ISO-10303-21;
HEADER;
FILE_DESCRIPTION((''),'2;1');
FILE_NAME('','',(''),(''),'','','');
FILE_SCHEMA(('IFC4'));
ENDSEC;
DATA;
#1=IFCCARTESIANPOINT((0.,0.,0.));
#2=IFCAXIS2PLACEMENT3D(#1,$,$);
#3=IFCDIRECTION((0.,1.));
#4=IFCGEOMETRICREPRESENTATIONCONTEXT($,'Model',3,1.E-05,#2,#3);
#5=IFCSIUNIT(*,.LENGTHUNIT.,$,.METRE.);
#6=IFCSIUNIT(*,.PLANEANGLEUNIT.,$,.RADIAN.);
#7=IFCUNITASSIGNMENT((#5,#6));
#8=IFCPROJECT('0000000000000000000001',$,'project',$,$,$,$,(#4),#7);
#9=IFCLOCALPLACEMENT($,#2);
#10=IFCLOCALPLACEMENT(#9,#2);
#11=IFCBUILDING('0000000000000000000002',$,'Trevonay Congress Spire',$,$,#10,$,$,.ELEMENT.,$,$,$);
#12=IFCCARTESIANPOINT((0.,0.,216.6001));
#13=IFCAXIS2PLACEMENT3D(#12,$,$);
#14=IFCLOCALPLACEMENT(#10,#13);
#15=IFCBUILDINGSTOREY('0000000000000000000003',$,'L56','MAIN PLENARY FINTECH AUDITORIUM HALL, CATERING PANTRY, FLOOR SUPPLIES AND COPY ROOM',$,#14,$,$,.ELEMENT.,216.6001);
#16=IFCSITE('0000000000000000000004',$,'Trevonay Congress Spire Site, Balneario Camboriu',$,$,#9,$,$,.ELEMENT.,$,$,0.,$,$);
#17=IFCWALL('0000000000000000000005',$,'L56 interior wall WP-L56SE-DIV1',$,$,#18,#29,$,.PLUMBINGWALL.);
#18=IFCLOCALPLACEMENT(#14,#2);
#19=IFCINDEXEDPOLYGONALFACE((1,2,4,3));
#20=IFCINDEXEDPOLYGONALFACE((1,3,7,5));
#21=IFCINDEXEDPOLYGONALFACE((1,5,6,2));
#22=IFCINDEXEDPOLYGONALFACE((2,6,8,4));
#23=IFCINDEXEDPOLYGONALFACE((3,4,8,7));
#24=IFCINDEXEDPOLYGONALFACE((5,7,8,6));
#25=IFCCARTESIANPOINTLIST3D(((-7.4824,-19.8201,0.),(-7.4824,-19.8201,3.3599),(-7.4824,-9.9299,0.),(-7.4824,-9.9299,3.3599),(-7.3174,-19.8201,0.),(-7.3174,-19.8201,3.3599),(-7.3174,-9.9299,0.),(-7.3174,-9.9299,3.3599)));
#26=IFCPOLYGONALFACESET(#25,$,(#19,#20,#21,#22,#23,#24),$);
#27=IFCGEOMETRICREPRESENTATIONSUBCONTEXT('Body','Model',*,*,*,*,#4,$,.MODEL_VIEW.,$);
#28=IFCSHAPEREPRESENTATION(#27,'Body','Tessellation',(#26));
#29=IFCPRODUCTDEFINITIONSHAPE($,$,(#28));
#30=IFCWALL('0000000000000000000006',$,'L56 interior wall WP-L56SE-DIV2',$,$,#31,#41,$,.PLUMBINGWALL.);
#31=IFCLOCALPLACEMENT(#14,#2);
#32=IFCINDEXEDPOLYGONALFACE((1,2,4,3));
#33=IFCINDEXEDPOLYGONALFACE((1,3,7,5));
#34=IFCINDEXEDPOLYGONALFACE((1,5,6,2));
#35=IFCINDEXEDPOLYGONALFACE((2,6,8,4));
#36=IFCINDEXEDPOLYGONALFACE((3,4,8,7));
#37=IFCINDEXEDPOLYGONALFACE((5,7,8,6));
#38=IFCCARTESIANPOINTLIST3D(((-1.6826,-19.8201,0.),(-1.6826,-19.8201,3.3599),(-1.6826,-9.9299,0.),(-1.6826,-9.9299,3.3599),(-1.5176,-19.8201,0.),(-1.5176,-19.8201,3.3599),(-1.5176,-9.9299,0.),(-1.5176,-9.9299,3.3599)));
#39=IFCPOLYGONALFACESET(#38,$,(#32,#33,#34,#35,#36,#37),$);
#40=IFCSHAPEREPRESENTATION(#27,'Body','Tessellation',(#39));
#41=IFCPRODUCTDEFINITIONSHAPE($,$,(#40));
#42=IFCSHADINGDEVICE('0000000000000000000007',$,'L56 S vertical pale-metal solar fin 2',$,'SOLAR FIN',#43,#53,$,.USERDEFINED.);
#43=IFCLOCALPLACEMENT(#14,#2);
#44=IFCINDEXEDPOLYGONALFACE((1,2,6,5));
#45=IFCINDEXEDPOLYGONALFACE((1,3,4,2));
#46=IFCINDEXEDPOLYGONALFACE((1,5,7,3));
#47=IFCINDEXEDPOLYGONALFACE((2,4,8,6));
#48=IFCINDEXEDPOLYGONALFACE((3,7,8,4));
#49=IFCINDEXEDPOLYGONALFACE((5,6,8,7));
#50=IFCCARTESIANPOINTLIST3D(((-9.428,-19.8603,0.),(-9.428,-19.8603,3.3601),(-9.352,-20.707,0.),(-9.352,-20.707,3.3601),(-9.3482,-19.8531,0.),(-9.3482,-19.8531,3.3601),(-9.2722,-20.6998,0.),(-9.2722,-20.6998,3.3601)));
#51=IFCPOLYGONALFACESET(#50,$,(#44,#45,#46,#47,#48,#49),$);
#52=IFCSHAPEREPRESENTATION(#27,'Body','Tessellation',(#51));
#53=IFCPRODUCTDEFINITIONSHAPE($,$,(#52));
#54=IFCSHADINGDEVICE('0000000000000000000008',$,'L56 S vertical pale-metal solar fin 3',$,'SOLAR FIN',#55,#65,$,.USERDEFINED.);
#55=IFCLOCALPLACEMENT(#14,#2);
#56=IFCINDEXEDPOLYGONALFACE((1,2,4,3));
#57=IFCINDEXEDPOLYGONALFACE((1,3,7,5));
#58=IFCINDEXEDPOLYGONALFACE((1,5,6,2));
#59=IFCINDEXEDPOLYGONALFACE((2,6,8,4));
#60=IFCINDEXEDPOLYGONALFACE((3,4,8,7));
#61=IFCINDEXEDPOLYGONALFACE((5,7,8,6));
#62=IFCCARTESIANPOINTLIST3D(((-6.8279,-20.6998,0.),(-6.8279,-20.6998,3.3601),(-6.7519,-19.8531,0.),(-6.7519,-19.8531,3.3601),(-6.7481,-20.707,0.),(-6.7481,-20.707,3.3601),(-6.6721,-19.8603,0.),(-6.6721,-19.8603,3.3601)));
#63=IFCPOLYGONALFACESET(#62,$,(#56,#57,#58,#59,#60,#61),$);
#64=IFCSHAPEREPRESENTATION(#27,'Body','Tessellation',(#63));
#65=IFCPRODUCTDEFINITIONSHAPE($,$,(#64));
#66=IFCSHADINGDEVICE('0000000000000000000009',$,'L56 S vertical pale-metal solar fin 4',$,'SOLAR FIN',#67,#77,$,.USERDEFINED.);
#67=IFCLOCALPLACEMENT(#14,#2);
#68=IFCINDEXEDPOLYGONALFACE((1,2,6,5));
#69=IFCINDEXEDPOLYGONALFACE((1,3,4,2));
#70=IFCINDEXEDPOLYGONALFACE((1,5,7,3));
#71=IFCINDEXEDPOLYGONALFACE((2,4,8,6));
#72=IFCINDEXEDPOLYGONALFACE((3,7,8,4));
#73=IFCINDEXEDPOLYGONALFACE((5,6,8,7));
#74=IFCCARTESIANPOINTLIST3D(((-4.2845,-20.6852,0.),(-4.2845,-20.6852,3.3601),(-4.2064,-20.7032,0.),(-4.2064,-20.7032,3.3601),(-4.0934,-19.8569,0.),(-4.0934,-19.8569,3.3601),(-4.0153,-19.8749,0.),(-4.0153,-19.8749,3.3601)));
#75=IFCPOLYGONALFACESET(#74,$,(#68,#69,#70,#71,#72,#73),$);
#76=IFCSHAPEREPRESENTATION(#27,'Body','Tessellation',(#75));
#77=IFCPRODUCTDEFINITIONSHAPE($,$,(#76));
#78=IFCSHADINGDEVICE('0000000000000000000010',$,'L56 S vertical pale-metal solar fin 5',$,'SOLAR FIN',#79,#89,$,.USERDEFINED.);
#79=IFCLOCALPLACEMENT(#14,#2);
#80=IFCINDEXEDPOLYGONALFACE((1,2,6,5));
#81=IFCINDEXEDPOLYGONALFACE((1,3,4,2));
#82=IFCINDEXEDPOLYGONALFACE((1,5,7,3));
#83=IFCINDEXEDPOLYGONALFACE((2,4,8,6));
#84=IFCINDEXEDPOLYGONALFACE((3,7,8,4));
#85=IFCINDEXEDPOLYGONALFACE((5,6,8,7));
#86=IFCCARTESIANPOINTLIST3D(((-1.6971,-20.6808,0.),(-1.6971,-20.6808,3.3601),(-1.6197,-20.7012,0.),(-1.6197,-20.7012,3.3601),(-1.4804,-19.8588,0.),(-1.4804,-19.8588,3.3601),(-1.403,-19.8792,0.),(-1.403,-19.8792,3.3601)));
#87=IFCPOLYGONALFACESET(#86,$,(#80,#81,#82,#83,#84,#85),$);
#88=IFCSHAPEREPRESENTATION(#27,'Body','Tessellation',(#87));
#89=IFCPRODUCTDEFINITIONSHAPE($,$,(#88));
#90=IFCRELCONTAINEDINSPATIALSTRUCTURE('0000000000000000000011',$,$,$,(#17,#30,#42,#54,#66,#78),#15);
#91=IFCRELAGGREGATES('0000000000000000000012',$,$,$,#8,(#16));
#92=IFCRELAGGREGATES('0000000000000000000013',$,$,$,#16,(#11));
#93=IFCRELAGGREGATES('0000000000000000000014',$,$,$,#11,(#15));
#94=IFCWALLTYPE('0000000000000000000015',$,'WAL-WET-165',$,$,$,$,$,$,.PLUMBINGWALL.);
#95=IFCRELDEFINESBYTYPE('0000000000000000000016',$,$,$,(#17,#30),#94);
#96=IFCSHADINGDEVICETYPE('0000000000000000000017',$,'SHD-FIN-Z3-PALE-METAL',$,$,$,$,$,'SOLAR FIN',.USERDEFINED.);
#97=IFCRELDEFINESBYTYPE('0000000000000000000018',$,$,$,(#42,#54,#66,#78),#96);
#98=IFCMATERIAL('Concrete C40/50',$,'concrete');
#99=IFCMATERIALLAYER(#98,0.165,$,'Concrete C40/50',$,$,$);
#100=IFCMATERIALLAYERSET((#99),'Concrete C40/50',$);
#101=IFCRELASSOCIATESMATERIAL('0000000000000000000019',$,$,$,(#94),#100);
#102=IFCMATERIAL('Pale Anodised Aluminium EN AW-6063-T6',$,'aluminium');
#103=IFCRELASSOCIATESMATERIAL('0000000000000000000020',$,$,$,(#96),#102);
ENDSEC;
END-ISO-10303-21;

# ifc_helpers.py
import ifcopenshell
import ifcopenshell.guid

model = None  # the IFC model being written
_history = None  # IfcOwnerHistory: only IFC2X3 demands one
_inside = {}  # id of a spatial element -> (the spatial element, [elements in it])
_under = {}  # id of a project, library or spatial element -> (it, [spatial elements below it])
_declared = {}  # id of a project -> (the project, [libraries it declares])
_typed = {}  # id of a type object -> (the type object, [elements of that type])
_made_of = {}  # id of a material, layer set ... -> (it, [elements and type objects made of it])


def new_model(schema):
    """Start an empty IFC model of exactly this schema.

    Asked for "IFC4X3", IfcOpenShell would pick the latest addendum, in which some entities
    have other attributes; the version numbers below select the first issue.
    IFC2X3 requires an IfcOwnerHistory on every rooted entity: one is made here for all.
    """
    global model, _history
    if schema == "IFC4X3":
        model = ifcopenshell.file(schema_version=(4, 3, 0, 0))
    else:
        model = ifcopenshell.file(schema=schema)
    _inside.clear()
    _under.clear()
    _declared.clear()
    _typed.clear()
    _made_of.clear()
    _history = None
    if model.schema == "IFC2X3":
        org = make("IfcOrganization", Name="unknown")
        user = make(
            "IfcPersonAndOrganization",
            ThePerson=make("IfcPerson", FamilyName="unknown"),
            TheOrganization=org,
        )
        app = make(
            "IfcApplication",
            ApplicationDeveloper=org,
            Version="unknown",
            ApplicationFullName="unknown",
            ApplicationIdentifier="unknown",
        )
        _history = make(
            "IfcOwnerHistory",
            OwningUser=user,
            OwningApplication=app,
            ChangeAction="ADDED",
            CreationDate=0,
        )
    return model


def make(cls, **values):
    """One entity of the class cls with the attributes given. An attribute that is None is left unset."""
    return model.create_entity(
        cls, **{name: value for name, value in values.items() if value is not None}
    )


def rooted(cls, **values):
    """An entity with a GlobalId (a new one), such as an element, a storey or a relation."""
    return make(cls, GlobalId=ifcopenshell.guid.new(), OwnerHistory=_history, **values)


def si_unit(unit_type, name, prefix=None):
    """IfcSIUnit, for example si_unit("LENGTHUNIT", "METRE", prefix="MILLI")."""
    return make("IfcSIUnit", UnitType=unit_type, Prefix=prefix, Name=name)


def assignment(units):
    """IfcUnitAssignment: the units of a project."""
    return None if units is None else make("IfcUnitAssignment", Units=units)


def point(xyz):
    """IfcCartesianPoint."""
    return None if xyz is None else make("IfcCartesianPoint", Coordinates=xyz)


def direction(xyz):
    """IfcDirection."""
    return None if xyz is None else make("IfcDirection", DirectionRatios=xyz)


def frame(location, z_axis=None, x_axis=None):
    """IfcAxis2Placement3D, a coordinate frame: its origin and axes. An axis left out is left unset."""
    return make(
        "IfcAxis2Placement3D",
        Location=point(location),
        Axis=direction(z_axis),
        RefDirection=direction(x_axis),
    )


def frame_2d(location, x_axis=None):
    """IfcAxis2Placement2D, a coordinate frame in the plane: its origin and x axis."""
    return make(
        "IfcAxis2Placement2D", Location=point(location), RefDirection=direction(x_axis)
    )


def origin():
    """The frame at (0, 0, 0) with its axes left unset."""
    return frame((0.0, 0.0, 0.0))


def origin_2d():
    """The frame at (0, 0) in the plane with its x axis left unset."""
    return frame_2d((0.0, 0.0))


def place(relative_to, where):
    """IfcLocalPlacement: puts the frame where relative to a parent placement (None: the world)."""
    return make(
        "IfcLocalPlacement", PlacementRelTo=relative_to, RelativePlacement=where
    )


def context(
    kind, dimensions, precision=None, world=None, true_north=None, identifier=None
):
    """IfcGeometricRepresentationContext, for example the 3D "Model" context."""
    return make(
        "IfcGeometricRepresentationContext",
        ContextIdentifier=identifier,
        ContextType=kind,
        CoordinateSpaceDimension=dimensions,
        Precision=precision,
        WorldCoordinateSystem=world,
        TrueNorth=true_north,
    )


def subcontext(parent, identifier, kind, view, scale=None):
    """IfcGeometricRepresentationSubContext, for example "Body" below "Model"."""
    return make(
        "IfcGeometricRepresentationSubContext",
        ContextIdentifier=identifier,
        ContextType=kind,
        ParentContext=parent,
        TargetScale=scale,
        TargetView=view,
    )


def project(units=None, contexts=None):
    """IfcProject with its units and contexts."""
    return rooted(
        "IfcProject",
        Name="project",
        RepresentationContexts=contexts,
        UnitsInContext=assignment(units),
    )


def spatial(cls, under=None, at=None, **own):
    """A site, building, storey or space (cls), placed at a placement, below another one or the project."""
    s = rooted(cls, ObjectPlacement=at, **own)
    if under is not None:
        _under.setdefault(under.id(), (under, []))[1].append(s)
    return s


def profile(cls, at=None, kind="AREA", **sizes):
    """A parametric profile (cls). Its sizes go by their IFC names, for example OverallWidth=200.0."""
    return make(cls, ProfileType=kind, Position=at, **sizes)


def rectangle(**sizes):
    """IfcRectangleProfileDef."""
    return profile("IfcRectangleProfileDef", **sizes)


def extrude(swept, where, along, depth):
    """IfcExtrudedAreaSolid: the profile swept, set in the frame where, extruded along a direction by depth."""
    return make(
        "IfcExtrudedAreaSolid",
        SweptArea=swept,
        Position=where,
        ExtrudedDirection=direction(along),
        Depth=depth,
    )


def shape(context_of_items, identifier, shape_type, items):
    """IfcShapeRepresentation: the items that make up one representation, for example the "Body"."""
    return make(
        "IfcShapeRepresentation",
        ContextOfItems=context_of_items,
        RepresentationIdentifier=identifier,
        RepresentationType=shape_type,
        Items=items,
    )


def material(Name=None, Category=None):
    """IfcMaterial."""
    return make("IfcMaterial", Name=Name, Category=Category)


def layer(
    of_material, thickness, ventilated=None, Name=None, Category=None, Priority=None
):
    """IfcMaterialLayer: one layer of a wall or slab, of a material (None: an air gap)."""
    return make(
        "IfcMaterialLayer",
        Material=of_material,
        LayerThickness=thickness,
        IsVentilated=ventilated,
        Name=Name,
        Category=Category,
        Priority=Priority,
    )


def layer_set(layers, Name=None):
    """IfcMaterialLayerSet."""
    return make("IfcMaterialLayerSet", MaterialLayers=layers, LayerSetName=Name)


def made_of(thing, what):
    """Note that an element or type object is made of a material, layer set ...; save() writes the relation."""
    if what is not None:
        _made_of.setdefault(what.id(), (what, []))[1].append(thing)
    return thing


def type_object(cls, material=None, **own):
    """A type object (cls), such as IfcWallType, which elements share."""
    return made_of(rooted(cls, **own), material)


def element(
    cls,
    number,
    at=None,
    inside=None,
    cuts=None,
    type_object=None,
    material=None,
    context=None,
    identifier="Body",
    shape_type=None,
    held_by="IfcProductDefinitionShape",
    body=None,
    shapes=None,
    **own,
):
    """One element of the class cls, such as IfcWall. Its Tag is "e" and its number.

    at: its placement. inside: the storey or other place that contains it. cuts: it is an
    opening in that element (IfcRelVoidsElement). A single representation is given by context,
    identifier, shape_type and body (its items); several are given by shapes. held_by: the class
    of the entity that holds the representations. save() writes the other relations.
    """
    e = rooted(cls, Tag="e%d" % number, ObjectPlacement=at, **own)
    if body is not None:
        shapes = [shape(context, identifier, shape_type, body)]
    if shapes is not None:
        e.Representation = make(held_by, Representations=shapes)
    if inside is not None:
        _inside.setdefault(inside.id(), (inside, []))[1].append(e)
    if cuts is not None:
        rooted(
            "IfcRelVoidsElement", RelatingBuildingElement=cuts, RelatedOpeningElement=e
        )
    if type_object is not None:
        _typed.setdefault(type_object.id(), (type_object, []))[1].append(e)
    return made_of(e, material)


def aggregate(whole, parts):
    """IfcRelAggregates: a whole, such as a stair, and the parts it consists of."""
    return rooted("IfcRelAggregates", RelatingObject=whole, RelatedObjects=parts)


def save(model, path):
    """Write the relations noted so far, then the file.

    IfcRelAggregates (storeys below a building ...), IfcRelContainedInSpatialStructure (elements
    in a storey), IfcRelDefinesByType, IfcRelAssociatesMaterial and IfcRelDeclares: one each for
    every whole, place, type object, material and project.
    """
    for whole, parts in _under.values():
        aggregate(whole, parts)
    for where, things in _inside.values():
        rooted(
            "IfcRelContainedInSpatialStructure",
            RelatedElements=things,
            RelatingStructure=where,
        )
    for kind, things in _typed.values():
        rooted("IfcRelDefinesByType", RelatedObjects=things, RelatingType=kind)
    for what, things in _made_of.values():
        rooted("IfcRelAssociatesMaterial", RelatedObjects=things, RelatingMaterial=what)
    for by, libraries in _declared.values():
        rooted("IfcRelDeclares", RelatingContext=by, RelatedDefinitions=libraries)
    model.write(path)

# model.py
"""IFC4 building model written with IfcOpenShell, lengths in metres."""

from ifc_helpers import new_model, si_unit, direction, frame, frame_2d, origin, origin_2d, place, context, subcontext, project, spatial, rectangle, extrude, material, layer, layer_set, type_object, element, save


model = new_model("IFC4")

# Units and contexts
model_context = context("Model", 3, precision=1e-05, world=origin(), true_north=direction((0.0, 1.0)))
body_context = subcontext(model_context, "Body", "Model", "MODEL_VIEW")
ifc_project = project(units=[si_unit("LENGTHUNIT", "METRE"), si_unit("PLANEANGLEUNIT", "RADIAN")], contexts=[model_context])

# Site, building, storey
site_placement = place(None, origin())
site = spatial("IfcSite", under=ifc_project, at=site_placement, Name="Trevonay Congress Spire Site, Balneario Camboriu", CompositionType="ELEMENT", RefElevation=0.0)
building_placement = place(site_placement, origin())
building = spatial("IfcBuilding", under=site, at=building_placement, Name="Trevonay Congress Spire", CompositionType="ELEMENT")
storey_placement = place(building_placement, frame((0.0, 0.0, 216.6001)))
storey = spatial("IfcBuildingStorey", under=building, at=storey_placement, Name="L56", Description="MAIN PLENARY FINTECH AUDITORIUM HALL, CATERING PANTRY, FLOOR SUPPLIES AND COPY ROOM", CompositionType="ELEMENT", Elevation=216.6001)

# Shared definitions
ifc_material_1 = material(Name="Pale Anodised Aluminium EN AW-6063-T6", Category="aluminium")

# Shared definitions
ifc_material_2 = material(Name="Concrete C40/50", Category="concrete")

# Walls
ifc_layer_1 = layer(ifc_material_2, 0.165, Name="Concrete C40/50")
ifc_layer_set_1 = layer_set([ifc_layer_1], Name="Concrete C40/50")
wall_type_1 = type_object("IfcWallType", Name="WAL-WET-165", PredefinedType="PLUMBINGWALL", material=ifc_layer_set_1)
for number, where, z_axis, x_axis, name in (
    (1, (-7.3999, -19.8201, 0.0), (0.0, 0.0, 1.0), (0.0, 1.0, 0.0), "L56 interior wall WP-L56SE-DIV1"),
    (2, (-1.6001, -19.8201, 0.0), (0.0, 0.0, 1.0), (0.0, 1.0, 0.0), "L56 interior wall WP-L56SE-DIV2"),
):
    element("IfcWall", number, at=place(storey_placement, frame(where, z_axis=z_axis, x_axis=x_axis)), inside=storey, type_object=wall_type_1, Name=name, PredefinedType="PLUMBINGWALL", context=body_context, shape_type="SweptSolid", body=[
        extrude(rectangle(XDim=9.8901, YDim=0.165, at=frame_2d((4.9451, 0.0))), origin(), (0.0, 0.0, 1.0), 3.3599),
    ])

# Shading devices
shading_device_type = type_object("IfcShadingDeviceType", Name="SHD-FIN-Z3-PALE-METAL", ElementType="SOLAR FIN", PredefinedType="USERDEFINED", material=ifc_material_1)
for number, where, z_axis, x_axis, name in (
    (3, (-9.3501, -20.28, 0.0), (0.0, 0.0, 1.0), (0.995994, 0.089416, 0.0), "L56 S vertical pale-metal solar fin 2"),
    (4, (-6.75, -20.28, 0.0), (0.0, 0.0, 1.0), (0.995994, -0.089416, 0.0), "L56 S vertical pale-metal solar fin 3"),
    (5, (-4.1499, -20.28, 0.0), (0.0, 0.0, 1.0), (0.974409, -0.224781, 0.0), "L56 S vertical pale-metal solar fin 4"),
    (6, (-1.55, -20.28, 0.0), (0.0, 0.0, 1.0), (0.966957, -0.254939, 0.0), "L56 S vertical pale-metal solar fin 5"),
):
    element("IfcShadingDevice", number, at=place(storey_placement, frame(where, z_axis=z_axis, x_axis=x_axis)), inside=storey, type_object=shading_device_type, Name=name, ObjectType="SOLAR FIN", PredefinedType="USERDEFINED", context=body_context, shape_type="SweptSolid", body=[
        extrude(rectangle(XDim=0.0801, YDim=0.8501, at=origin_2d()), origin(), (0.0, 0.0, 1.0), 3.3601),
    ])

save(model, "model.ifc")
